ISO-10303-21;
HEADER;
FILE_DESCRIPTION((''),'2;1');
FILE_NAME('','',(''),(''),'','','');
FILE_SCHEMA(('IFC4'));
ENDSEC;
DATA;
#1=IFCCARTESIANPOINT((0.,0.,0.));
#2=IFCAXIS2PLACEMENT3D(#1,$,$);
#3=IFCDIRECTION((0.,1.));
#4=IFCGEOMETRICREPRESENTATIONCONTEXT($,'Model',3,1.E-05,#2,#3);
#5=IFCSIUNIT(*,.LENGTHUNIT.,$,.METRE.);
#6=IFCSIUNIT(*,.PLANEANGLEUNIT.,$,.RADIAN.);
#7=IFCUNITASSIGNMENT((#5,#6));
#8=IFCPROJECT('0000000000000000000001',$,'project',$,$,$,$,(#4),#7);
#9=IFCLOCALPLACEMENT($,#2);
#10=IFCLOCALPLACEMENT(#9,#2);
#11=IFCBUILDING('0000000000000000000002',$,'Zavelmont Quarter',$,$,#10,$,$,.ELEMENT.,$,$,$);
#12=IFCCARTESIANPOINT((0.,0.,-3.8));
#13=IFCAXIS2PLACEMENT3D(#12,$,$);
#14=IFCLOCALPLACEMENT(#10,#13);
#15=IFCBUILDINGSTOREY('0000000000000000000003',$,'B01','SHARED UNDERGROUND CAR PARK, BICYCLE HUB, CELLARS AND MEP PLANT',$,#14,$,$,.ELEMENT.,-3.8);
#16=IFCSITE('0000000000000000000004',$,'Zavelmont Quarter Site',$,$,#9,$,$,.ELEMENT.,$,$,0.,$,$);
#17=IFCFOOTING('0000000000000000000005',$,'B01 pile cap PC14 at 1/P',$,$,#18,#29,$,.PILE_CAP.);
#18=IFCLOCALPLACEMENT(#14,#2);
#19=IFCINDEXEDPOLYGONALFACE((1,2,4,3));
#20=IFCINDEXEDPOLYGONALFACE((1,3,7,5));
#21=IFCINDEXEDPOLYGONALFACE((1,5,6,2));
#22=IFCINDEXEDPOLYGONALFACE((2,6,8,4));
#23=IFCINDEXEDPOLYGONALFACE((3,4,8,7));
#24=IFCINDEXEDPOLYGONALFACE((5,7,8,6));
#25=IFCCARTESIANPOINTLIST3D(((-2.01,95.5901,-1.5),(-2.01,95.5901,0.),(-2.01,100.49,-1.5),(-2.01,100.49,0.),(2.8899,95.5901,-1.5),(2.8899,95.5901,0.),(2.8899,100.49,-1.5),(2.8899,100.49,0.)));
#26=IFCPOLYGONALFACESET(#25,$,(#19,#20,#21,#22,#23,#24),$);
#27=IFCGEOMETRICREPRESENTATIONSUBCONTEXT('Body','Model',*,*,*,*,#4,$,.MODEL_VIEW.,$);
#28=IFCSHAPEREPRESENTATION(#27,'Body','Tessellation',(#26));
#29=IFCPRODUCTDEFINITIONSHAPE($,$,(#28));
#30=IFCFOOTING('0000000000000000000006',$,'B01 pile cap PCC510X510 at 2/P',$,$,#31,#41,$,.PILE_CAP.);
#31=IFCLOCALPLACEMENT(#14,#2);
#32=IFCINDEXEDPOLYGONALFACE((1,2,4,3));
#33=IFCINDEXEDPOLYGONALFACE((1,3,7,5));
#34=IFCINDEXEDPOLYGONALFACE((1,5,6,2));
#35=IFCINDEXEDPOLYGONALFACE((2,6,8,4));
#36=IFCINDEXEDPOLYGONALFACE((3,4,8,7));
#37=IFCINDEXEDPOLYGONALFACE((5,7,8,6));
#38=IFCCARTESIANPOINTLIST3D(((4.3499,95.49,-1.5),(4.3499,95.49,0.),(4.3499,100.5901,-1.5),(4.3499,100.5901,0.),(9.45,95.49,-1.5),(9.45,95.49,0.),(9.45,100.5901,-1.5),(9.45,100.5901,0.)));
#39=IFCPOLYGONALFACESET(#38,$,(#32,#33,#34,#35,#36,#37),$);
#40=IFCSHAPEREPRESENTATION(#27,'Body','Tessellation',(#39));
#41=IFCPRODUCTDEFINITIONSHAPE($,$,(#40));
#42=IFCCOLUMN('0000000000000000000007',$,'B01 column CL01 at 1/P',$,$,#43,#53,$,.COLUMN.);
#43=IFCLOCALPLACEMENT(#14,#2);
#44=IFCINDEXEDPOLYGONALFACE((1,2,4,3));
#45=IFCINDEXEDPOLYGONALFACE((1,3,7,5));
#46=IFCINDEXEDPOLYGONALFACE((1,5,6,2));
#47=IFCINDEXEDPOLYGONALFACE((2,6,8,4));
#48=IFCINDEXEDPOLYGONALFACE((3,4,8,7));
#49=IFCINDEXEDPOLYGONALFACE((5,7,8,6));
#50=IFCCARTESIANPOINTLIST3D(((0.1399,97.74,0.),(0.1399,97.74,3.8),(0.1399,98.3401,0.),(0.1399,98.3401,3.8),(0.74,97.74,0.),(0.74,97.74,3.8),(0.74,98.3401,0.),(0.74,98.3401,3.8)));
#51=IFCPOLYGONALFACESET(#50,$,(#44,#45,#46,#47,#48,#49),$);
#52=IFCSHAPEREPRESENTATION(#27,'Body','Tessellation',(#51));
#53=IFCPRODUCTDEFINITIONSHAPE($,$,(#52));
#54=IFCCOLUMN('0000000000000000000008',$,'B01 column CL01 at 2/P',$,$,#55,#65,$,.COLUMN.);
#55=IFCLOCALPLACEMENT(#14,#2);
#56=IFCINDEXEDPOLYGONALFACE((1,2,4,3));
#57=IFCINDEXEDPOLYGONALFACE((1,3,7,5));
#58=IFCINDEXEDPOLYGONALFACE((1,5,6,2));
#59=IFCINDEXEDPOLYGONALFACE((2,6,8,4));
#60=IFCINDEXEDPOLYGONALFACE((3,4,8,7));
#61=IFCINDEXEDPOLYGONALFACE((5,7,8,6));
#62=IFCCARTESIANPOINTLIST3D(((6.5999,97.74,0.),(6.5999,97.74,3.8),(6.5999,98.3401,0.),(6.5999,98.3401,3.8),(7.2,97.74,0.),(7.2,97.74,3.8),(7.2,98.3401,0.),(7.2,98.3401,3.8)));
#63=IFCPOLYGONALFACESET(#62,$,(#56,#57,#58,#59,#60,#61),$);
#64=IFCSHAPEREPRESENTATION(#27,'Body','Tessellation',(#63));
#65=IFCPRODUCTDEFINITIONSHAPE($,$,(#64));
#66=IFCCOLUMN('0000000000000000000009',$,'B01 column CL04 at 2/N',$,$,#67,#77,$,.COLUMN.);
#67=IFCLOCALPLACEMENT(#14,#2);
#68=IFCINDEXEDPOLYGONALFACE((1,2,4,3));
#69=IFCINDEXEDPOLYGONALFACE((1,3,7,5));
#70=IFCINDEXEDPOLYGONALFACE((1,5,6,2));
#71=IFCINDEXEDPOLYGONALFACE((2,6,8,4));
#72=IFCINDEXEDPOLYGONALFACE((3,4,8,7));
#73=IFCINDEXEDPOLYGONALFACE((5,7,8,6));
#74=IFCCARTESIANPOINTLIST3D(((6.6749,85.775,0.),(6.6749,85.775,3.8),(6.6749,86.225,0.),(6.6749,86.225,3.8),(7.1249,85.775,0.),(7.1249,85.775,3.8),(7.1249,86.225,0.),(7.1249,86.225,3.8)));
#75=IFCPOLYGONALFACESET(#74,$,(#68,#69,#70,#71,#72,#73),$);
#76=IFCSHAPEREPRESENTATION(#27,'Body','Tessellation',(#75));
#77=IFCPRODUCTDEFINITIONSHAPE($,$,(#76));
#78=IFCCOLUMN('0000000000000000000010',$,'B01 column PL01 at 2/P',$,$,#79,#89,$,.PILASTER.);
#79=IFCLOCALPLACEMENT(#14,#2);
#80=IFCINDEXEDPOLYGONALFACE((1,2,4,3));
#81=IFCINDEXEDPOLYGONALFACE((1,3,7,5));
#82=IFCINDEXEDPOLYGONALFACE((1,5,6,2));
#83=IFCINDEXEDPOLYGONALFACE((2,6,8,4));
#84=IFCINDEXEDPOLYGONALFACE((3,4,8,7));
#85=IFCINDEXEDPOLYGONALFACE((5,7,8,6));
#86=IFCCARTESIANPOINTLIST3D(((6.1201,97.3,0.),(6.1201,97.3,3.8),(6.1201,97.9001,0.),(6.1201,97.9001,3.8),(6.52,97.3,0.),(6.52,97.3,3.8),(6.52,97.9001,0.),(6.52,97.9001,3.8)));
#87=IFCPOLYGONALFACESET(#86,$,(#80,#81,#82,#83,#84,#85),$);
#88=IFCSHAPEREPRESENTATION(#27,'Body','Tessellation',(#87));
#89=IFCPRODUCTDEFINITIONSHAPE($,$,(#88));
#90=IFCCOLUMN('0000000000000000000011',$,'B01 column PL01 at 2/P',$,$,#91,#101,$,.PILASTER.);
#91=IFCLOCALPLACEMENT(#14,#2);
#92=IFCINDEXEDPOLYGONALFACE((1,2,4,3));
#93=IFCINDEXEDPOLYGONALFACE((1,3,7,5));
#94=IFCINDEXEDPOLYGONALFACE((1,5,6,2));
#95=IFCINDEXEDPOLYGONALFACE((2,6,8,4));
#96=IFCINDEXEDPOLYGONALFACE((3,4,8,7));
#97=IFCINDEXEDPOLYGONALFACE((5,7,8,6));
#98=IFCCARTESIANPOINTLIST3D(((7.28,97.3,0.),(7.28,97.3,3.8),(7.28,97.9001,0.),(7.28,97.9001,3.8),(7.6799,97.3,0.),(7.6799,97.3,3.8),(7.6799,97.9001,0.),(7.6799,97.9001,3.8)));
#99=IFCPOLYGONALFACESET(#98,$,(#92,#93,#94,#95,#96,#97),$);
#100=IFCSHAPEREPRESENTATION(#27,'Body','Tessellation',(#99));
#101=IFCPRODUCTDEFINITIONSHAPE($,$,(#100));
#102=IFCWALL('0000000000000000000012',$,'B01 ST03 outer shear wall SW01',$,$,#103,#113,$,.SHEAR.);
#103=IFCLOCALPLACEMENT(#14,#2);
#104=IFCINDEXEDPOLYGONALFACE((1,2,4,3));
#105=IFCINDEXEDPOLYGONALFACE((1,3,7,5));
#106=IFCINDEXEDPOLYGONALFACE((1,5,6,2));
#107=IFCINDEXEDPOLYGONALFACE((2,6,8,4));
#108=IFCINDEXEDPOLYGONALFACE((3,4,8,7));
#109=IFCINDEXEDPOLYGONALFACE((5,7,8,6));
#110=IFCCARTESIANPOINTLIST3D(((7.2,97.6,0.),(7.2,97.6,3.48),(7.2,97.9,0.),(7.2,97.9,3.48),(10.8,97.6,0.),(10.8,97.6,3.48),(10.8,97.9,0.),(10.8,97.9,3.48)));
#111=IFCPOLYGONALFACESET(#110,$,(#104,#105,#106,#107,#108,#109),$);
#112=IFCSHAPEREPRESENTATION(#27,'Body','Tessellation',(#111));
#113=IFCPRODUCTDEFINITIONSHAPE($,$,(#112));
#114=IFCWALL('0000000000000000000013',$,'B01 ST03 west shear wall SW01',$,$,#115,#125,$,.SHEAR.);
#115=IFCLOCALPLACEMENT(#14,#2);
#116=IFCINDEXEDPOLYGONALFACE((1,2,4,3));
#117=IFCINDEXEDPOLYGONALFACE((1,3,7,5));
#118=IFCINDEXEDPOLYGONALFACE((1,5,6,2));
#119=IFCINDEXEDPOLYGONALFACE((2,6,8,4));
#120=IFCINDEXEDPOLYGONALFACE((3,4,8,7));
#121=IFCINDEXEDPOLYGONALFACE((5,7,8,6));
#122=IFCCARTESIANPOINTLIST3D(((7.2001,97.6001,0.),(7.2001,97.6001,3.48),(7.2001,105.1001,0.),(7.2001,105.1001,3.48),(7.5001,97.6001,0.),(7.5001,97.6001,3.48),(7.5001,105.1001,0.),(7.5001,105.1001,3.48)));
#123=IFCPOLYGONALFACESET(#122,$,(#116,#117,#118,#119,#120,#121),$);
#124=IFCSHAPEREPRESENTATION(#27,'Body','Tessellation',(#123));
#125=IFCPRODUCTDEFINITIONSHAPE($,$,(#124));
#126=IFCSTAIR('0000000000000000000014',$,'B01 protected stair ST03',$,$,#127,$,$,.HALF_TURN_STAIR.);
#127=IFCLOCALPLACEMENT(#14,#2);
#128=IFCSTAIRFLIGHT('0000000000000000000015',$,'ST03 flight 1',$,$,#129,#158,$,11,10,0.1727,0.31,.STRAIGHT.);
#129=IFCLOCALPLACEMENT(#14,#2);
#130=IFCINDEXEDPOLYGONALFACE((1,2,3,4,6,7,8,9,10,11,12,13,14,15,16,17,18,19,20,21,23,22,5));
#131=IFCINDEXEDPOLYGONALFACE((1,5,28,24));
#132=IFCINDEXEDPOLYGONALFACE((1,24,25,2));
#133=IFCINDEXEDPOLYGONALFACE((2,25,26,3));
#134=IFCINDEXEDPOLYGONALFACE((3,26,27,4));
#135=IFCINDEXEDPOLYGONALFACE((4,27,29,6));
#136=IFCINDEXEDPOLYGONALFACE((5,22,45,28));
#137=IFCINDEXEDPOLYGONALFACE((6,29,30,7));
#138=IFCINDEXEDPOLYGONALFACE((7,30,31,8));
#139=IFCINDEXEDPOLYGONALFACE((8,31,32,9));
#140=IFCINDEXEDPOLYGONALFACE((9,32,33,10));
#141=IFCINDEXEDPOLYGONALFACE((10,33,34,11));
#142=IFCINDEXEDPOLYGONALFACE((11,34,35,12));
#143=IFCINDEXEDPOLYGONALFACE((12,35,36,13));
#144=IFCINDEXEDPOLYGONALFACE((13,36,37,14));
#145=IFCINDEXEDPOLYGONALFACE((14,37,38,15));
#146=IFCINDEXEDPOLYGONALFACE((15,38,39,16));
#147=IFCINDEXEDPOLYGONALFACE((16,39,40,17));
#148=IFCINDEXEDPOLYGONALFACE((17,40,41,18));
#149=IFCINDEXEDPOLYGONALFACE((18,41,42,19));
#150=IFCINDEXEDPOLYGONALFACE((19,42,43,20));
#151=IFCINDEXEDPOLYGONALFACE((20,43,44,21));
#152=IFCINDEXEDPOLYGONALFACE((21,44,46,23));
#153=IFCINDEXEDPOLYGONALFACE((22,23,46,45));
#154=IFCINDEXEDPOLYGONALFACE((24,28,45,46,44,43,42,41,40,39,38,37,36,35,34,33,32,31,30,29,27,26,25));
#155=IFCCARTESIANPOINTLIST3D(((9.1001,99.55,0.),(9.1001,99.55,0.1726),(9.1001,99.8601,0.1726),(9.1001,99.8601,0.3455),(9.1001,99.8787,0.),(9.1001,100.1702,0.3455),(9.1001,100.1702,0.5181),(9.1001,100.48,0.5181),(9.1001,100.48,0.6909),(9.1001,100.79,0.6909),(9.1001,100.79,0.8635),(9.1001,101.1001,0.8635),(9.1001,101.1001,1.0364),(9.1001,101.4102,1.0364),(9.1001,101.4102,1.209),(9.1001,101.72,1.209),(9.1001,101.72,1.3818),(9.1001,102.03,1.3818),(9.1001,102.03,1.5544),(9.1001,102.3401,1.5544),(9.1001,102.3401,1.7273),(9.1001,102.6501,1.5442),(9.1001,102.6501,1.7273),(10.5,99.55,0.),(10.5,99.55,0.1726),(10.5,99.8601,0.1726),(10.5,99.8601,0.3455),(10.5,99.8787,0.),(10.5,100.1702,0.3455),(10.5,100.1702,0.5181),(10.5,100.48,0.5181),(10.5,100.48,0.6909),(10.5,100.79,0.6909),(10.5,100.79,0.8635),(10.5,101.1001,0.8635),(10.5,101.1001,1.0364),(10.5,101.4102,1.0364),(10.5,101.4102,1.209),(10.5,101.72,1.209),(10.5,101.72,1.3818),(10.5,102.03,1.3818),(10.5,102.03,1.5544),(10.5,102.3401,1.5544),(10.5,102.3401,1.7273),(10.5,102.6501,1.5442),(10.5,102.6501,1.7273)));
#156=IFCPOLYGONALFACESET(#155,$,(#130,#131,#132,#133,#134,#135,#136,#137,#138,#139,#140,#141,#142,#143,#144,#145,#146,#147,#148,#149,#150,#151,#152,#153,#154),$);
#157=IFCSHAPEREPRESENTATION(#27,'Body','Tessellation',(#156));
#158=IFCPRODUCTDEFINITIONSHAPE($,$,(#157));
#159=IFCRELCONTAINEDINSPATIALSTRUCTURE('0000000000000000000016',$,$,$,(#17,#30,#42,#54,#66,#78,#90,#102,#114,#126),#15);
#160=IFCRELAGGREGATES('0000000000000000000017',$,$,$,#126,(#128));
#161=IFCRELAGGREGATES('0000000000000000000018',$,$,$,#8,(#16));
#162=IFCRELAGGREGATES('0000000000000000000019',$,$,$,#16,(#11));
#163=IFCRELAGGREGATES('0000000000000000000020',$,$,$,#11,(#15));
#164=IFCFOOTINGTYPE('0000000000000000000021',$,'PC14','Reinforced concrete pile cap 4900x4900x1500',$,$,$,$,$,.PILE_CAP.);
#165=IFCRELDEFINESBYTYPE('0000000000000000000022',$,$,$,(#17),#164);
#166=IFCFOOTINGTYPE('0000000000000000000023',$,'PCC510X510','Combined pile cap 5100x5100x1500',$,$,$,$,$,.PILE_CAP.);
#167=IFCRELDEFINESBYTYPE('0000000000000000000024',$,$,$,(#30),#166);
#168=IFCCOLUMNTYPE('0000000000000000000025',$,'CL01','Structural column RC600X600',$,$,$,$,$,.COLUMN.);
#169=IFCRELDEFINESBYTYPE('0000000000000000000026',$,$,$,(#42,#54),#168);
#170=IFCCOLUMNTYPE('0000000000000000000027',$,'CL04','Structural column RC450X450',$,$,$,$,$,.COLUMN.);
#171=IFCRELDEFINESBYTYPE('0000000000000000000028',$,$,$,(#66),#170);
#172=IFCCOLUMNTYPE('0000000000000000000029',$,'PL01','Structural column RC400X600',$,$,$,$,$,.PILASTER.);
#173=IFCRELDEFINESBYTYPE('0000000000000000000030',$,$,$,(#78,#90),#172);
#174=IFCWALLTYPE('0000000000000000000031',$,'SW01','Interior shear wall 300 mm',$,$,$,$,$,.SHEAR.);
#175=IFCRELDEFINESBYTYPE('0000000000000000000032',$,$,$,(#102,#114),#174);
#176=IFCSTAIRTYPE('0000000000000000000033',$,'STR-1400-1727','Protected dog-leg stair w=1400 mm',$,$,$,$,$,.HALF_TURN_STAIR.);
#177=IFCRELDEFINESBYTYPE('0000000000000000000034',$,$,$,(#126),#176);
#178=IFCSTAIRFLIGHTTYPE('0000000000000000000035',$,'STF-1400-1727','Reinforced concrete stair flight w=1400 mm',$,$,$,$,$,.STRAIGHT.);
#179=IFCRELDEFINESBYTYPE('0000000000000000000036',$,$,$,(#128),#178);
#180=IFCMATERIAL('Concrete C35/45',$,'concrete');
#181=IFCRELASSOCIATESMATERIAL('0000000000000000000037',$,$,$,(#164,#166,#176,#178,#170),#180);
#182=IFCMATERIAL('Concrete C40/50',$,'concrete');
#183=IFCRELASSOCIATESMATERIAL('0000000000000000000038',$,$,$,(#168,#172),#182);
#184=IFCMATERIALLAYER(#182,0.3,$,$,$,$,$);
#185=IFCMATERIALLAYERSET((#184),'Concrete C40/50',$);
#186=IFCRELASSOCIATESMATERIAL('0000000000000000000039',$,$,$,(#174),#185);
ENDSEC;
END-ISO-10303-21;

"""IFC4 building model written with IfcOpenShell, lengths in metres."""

from ifc_helpers import new_model, si_unit, direction, frame, frame_2d, origin, origin_2d, place, context, subcontext, project, spatial, polyline, rectangle, outline, extrude, material, layer, layer_set, material_profile, profile_set, type_object, element, aggregate, save


model = new_model("IFC4")

# Units and contexts
model_context = context("Model", 3, precision=1e-05, world=origin(), true_north=direction((0.0, 1.0)))
body_context = subcontext(model_context, "Body", "Model", "MODEL_VIEW")
ifc_project = project(units=[si_unit("LENGTHUNIT", "METRE"), si_unit("PLANEANGLEUNIT", "RADIAN")], contexts=[model_context])

# Site, building, storey
site_placement = place(None, origin())
site = spatial("IfcSite", under=ifc_project, at=site_placement, Name="Zavelmont Quarter Site", CompositionType="ELEMENT", RefElevation=0.0)
building_placement = place(site_placement, origin())
building = spatial("IfcBuilding", under=site, at=building_placement, Name="Zavelmont Quarter", CompositionType="ELEMENT")
storey_placement = place(building_placement, frame((0.0, 0.0, -3.8)))
storey = spatial("IfcBuildingStorey", under=building, at=storey_placement, Name="B01", Description="SHARED UNDERGROUND CAR PARK, BICYCLE HUB, CELLARS AND MEP PLANT", CompositionType="ELEMENT", Elevation=-3.8)

# Shared definitions
ifc_material_1 = material(Name="Concrete C35/45", Category="concrete")

# Footings
footing_type_1 = type_object("IfcFootingType", Name="PC14", Description="Reinforced concrete pile cap 4900x4900x1500", PredefinedType="PILE_CAP", material=ifc_material_1)
footing_1_placement = place(storey_placement, frame((0.4399, 98.04, -1.5), z_axis=(0.0, 0.0, 1.0), x_axis=(1.0, 0.0, 0.0)))
element("IfcFooting", 1, at=footing_1_placement, inside=storey, type_object=footing_type_1, Name="B01 pile cap PC14 at 1/P", PredefinedType="PILE_CAP", context=body_context, shape_type="SweptSolid", body=[
    extrude(rectangle(XDim=4.8999, YDim=4.8999, at=origin_2d()), origin(), (0.0, 0.0, 1.0), 1.5),
])
footing_type_2 = type_object("IfcFootingType", Name="PCC510X510", Description="Combined pile cap 5100x5100x1500", PredefinedType="PILE_CAP", material=ifc_material_1)
footing_2_placement = place(storey_placement, frame((6.8999, 98.04, -1.5), z_axis=(0.0, 0.0, 1.0), x_axis=(1.0, 0.0, 0.0)))
element("IfcFooting", 2, at=footing_2_placement, inside=storey, type_object=footing_type_2, Name="B01 pile cap PCC510X510 at 2/P", PredefinedType="PILE_CAP", context=body_context, shape_type="SweptSolid", body=[
    extrude(rectangle(XDim=5.1001, YDim=5.1001, at=origin_2d()), origin(), (0.0, 0.0, 1.0), 1.5),
])

# Columns
ifc_material_2 = material(Name="Concrete C40/50", Category="concrete")
ifc_material_profile_1 = material_profile(ifc_material_2, rectangle(XDim=0.6001, YDim=0.6001, at=origin_2d()), Name="RC600X600")
ifc_profile_set_1 = profile_set([ifc_material_profile_1], Name="Concrete C40/50")
column_type_1 = type_object("IfcColumnType", Name="CL01", Description="Structural column RC600X600", PredefinedType="COLUMN", material=ifc_profile_set_1)
for number, where, z_axis, x_axis, name in (
    (3, (0.4399, 98.04, 0.0), (0.0, 0.0, 1.0), (1.0, 0.0, 0.0), "B01 column CL01 at 1/P"),
    (4, (6.8999, 98.04, 0.0), (0.0, 0.0, 1.0), (1.0, 0.0, 0.0), "B01 column CL01 at 2/P"),
):
    element("IfcColumn", number, at=place(storey_placement, frame(where, z_axis=z_axis, x_axis=x_axis)), inside=storey, type_object=column_type_1, Name=name, PredefinedType="COLUMN", context=body_context, shape_type="SweptSolid", body=[
        extrude(rectangle(XDim=0.6001, YDim=0.6001, at=origin_2d()), origin(), (0.0, 0.0, 1.0), 3.8),
    ])
ifc_material_profile_2 = material_profile(ifc_material_1, rectangle(XDim=0.45, YDim=0.45, at=origin_2d()), Name="RC450X450")
ifc_profile_set_2 = profile_set([ifc_material_profile_2], Name="Concrete C35/45")
column_type_2 = type_object("IfcColumnType", Name="CL04", Description="Structural column RC450X450", PredefinedType="COLUMN", material=ifc_profile_set_2)
column_placement = place(storey_placement, frame((6.8999, 86.0, 0.0), z_axis=(0.0, 0.0, 1.0), x_axis=(1.0, 0.0, 0.0)))
element("IfcColumn", 5, at=column_placement, inside=storey, type_object=column_type_2, Name="B01 column CL04 at 2/N", PredefinedType="COLUMN", context=body_context, shape_type="SweptSolid", body=[
    extrude(rectangle(XDim=0.45, YDim=0.45, at=origin_2d()), origin(), (0.0, 0.0, 1.0), 3.8),
])
ifc_material_profile_3 = material_profile(ifc_material_2, rectangle(XDim=0.3999, YDim=0.6001, at=origin_2d()), Name="RC400X600")
ifc_profile_set_3 = profile_set([ifc_material_profile_3], Name="Concrete C40/50")
column_type_3 = type_object("IfcColumnType", Name="PL01", Description="Structural column RC400X600", PredefinedType="PILASTER", material=ifc_profile_set_3)
for number, where, z_axis, x_axis, name in (
    (6, (6.3201, 97.6001, 0.0), (0.0, 0.0, 1.0), (1.0, 0.0, 0.0), "B01 column PL01 at 2/P"),
    (7, (7.48, 97.6001, 0.0), (0.0, 0.0, 1.0), (1.0, 0.0, 0.0), "B01 column PL01 at 2/P"),
):
    element("IfcColumn", number, at=place(storey_placement, frame(where, z_axis=z_axis, x_axis=x_axis)), inside=storey, type_object=column_type_3, Name=name, PredefinedType="PILASTER", context=body_context, shape_type="SweptSolid", body=[
        extrude(rectangle(XDim=0.3999, YDim=0.6001, at=origin_2d()), origin(), (0.0, 0.0, 1.0), 3.8),
    ])

# Walls
ifc_layer = layer(ifc_material_2, 0.3)
ifc_layer_set = layer_set([ifc_layer], Name="Concrete C40/50")
wall_type = type_object("IfcWallType", Name="SW01", Description="Interior shear wall 300 mm", PredefinedType="SHEAR", material=ifc_layer_set)
wall_1_placement = place(storey_placement, frame((7.2, 97.75, 0.0), z_axis=(0.0, 0.0, 1.0), x_axis=(1.0, 0.0, 0.0)))
element("IfcWall", 8, at=wall_1_placement, inside=storey, type_object=wall_type, Name="B01 ST03 outer shear wall SW01", PredefinedType="SHEAR", context=body_context, shape_type="SweptSolid", body=[
    extrude(rectangle(XDim=3.6001, YDim=0.3, at=frame_2d((1.8, 0.0))), origin(), (0.0, 0.0, 1.0), 3.48),
])
wall_2_placement = place(storey_placement, frame((7.3501, 97.6001, 0.0), z_axis=(0.0, 0.0, 1.0), x_axis=(0.0, 1.0, 0.0)))
element("IfcWall", 9, at=wall_2_placement, inside=storey, type_object=wall_type, Name="B01 ST03 west shear wall SW01", PredefinedType="SHEAR", context=body_context, shape_type="SweptSolid", body=[
    extrude(rectangle(XDim=7.5, YDim=0.3, at=frame_2d((3.75, 0.0))), origin(), (0.0, 0.0, 1.0), 3.48),
])

# Stair, stair flight
stair_type = type_object("IfcStairType", Name="STR-1400-1727", Description="Protected dog-leg stair w=1400 mm", PredefinedType="HALF_TURN_STAIR", material=ifc_material_1)
stair_placement = place(storey_placement, origin())
stair = element("IfcStair", 10, at=stair_placement, inside=storey, type_object=stair_type, Name="B01 protected stair ST03", PredefinedType="HALF_TURN_STAIR")
stair_flight_type = type_object("IfcStairFlightType", Name="STF-1400-1727", Description="Reinforced concrete stair flight w=1400 mm", PredefinedType="STRAIGHT", material=ifc_material_1)
stair_flight_placement = place(storey_placement, frame((9.8, 99.55, 0.0), z_axis=(0.0, 0.0, 1.0), x_axis=(0.0, 1.0, 0.0)))
stair_flight = element("IfcStairFlight", 11, at=stair_flight_placement, type_object=stair_flight_type, Name="ST03 flight 1", NumberOfRisers=11, NumberOfTreads=10, PredefinedType="STRAIGHT", RiserHeight=0.1727, TreadLength=0.31, context=body_context, shape_type="SweptSolid", body=[
    extrude(outline(polyline([(0.0, 0.0), (0.0, 0.1726), (0.3101, 0.1726), (0.3101, 0.3455), (0.6201, 0.3455), (0.6201, 0.5181), (0.9299, 0.5181), (0.9299, 0.6909), (1.24, 0.6909), (1.24, 0.8635), (1.55, 0.8635), (1.55, 1.0364), (1.8601, 1.0364), (1.8601, 1.209), (2.1699, 1.209), (2.1699, 1.3818), (2.48, 1.3818), (2.48, 1.5544), (2.79, 1.5544), (2.79, 1.7273), (3.1001, 1.7273), (3.1001, 1.8999), (3.1001, 1.5442), (0.3286, 0.0), (0.0, 0.0)])), frame((0.0, 0.7, 0.0), z_axis=(0.0, -1.0, 0.0), x_axis=(1.0, 0.0, 0.0)), (0.0, 0.0, 1.0), 1.3999),
])
aggregate(stair, [stair_flight])

save(model, "model.ifc")
